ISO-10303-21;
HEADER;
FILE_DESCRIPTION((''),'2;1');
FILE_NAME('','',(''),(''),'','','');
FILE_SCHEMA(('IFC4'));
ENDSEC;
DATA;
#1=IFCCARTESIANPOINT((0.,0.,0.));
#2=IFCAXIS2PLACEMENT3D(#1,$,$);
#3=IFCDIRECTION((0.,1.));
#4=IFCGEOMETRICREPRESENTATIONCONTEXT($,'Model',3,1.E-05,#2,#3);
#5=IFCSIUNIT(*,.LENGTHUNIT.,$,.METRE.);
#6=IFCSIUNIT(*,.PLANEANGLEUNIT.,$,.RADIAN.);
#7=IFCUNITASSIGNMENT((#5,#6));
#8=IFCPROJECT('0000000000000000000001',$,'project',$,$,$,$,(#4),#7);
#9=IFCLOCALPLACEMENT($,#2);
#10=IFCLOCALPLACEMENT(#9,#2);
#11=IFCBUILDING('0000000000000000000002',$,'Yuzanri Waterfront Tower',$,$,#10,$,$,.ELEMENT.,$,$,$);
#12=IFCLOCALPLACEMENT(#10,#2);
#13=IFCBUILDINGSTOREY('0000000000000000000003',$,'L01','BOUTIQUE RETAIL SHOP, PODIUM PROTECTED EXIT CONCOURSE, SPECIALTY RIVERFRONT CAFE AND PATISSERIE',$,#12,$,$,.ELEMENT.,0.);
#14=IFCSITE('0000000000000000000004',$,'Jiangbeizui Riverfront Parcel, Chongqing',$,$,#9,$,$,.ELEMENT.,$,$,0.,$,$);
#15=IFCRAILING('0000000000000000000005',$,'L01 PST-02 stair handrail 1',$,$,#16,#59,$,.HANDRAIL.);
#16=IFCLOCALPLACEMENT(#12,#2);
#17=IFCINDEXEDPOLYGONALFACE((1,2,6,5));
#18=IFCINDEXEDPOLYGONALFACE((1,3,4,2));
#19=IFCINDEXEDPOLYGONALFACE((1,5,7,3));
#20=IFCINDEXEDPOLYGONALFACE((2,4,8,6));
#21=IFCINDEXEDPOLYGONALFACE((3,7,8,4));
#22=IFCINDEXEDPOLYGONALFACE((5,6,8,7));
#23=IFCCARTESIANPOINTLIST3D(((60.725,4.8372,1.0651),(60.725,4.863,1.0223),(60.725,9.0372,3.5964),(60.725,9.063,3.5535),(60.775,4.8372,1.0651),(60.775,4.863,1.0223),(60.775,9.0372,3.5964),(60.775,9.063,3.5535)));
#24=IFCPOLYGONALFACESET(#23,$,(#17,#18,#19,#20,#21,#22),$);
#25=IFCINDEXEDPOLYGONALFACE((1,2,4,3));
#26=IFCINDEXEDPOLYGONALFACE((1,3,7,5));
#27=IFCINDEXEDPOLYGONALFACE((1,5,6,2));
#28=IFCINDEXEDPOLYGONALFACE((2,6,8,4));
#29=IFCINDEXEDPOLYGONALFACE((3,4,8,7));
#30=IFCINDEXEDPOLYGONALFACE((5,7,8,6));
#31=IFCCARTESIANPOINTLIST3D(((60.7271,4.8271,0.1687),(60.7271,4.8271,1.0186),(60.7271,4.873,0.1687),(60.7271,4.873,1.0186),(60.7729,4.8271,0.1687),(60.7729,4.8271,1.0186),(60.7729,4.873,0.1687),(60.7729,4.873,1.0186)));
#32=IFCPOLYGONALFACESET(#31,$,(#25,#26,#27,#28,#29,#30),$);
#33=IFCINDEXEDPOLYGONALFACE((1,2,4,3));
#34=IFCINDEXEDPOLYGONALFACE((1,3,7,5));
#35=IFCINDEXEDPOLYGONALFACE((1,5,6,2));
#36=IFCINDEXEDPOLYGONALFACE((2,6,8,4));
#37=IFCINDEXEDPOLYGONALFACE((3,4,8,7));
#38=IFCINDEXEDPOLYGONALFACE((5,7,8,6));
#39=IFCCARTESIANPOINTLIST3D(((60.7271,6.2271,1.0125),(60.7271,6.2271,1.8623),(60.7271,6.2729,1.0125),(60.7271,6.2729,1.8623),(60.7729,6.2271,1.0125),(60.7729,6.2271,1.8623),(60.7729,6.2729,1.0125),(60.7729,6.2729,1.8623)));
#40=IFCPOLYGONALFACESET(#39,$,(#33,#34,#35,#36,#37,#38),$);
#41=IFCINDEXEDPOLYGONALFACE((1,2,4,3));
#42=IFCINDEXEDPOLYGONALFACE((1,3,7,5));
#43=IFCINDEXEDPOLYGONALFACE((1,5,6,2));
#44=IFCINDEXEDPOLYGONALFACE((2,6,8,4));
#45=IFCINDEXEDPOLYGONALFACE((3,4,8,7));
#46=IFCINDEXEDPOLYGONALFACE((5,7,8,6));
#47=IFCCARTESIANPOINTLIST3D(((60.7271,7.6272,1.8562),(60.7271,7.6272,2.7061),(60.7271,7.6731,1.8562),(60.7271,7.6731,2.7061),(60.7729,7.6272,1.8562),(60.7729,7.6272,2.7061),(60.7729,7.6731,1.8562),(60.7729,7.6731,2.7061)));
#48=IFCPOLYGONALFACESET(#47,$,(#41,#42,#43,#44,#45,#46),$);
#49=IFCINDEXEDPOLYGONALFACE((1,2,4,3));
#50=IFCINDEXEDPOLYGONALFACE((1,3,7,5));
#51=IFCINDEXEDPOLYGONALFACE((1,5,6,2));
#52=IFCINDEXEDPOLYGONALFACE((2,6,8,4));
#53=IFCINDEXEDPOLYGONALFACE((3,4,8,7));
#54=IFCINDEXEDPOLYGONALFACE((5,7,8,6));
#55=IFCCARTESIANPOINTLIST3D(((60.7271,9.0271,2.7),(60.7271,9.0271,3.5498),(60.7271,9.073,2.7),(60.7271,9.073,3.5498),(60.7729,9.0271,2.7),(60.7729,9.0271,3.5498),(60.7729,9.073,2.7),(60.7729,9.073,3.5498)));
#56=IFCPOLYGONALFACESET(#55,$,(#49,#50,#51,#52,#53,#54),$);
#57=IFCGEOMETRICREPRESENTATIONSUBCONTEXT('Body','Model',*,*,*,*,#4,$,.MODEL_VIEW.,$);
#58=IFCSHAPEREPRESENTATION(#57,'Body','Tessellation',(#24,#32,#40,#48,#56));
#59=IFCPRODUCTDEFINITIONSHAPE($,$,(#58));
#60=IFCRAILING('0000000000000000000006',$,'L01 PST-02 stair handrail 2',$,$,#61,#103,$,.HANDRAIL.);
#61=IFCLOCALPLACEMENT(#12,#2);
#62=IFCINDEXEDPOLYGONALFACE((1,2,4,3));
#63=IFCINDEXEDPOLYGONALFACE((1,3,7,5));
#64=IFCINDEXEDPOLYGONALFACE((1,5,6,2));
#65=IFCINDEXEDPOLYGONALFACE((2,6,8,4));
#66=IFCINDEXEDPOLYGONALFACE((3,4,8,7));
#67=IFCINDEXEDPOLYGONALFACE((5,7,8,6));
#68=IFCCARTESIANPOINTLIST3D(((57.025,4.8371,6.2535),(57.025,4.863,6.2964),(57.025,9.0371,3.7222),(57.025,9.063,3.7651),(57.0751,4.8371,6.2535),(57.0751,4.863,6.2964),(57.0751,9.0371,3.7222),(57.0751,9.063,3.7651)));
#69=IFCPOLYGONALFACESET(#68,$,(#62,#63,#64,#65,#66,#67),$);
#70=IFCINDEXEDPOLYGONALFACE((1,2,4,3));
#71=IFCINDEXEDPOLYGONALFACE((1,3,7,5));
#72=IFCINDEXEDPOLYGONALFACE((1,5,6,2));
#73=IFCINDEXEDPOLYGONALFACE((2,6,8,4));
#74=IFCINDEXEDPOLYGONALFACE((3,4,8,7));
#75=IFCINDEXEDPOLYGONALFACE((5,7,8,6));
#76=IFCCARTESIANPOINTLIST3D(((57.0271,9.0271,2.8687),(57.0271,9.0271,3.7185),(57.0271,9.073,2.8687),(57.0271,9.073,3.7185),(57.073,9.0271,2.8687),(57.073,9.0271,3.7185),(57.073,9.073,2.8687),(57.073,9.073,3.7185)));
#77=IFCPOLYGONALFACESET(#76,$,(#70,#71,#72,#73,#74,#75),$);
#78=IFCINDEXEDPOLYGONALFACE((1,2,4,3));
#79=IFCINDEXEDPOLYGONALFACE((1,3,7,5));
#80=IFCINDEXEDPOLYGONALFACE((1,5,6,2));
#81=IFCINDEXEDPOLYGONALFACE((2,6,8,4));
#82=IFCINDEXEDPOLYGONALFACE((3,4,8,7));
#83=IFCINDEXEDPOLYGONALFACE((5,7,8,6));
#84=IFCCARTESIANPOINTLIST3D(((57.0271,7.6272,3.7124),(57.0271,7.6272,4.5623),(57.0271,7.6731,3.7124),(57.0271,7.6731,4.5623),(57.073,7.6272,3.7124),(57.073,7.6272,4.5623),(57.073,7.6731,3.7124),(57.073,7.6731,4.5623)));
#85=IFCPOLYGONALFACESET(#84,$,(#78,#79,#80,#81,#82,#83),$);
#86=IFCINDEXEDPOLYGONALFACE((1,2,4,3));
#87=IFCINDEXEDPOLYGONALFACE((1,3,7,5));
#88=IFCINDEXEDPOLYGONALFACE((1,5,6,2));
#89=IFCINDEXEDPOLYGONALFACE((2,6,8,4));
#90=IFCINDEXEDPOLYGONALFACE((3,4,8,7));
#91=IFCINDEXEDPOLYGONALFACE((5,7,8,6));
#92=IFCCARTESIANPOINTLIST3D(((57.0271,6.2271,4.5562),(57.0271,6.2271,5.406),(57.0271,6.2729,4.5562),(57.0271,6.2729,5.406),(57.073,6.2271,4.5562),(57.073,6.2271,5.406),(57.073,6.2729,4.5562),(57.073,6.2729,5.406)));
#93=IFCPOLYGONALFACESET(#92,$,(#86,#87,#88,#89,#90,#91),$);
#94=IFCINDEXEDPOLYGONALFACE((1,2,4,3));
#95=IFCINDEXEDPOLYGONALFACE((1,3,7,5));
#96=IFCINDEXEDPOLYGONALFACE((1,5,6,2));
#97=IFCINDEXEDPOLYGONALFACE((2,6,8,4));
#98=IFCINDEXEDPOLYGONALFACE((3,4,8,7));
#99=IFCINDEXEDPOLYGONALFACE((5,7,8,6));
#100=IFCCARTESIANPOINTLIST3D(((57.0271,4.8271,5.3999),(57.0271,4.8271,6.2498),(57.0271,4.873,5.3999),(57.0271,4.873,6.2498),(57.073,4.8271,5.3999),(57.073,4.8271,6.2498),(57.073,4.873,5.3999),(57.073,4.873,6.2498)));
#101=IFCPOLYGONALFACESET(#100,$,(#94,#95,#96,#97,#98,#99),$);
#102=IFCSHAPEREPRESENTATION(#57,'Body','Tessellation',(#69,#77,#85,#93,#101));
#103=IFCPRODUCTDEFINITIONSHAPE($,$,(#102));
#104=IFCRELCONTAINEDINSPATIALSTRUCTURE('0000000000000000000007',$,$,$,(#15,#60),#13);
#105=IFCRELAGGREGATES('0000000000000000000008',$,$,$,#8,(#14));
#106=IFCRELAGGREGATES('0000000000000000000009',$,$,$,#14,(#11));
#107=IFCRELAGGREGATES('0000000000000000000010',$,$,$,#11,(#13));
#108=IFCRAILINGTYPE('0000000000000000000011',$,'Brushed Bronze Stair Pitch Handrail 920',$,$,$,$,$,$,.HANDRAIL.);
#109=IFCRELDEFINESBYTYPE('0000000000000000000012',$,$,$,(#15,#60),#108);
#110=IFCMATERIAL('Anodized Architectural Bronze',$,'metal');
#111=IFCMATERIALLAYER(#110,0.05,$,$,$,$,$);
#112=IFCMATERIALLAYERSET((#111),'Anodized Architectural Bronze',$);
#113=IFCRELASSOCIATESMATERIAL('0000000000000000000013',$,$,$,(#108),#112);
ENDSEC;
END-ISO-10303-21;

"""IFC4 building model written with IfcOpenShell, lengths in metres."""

from ifc_helpers import new_model, si_unit, direction, frame, origin, origin_2d, place, context, subcontext, project, spatial, rectangle, extrude, source, transform, mapped, material, layer, layer_set, type_object, element, save


model = new_model("IFC4")

# Units and contexts
model_context = context("Model", 3, precision=1e-05, world=origin(), true_north=direction((0.0, 1.0)))
body_context = subcontext(model_context, "Body", "Model", "MODEL_VIEW")
ifc_project = project(units=[si_unit("LENGTHUNIT", "METRE"), si_unit("PLANEANGLEUNIT", "RADIAN")], contexts=[model_context])

# Site, building, storey
site_placement = place(None, origin())
site = spatial("IfcSite", under=ifc_project, at=site_placement, Name="Jiangbeizui Riverfront Parcel, Chongqing", CompositionType="ELEMENT", RefElevation=0.0)
building_placement = place(site_placement, origin())
building = spatial("IfcBuilding", under=site, at=building_placement, Name="Yuzanri Waterfront Tower", CompositionType="ELEMENT")
storey_placement = place(building_placement, origin())
storey = spatial("IfcBuildingStorey", under=building, at=storey_placement, Name="L01", Description="BOUTIQUE RETAIL SHOP, PODIUM PROTECTED EXIT CONCOURSE, SPECIALTY RIVERFRONT CAFE AND PATISSERIE", CompositionType="ELEMENT", Elevation=0.0)

# Railings
ifc_material_1 = material(Name="Anodized Architectural Bronze", Category="metal")
ifc_layer_1 = layer(ifc_material_1, 0.05)
ifc_layer_set_1 = layer_set([ifc_layer_1], Name="Anodized Architectural Bronze")
railing_type_1 = type_object("IfcRailingType", Name="Brushed Bronze Stair Pitch Handrail 920", PredefinedType="HANDRAIL", material=ifc_layer_set_1)
shared_shape_1 = source(origin(), body_context, "Body", "SweptSolid", [
    extrude(rectangle(XDim=0.05, YDim=0.05, at=origin_2d()), frame((0.0, 0.0, 0.875), z_axis=(0.0, 0.856476, 0.516186), x_axis=(-1.0, 0.0, 0.0)), (0.0, 0.0, 1.0), 4.9038),
    extrude(rectangle(XDim=0.0459, YDim=0.0459, at=origin_2d()), origin(), (0.0, 0.0, 1.0), 0.8499),
    extrude(rectangle(XDim=0.0459, YDim=0.0459, at=origin_2d()), frame((0.0, 1.3999, 0.8438)), (0.0, 0.0, 1.0), 0.8499),
    extrude(rectangle(XDim=0.0459, YDim=0.0459, at=origin_2d()), frame((0.0, 2.8, 1.6875)), (0.0, 0.0, 1.0), 0.8499),
    extrude(rectangle(XDim=0.0459, YDim=0.0459, at=origin_2d()), frame((0.0, 4.2, 2.5312)), (0.0, 0.0, 1.0), 0.8499),
])
railing_1_placement = place(storey_placement, frame((60.75, 4.8501, 0.1687)))
element("IfcRailing", 1, at=railing_1_placement, inside=storey, type_object=railing_type_1, Name="L01 PST-02 stair handrail 1", PredefinedType="HANDRAIL", context=body_context, shape_type="MappedRepresentation", body=[
    mapped(shared_shape_1, transform((0.0, 0.0, 0.0), scale=1.0)),
])
shared_shape_2 = source(origin(), body_context, "Body", "SweptSolid", [
    extrude(rectangle(XDim=0.05, YDim=0.05, at=origin_2d()), frame((0.0, 0.0, 0.875), z_axis=(0.0, -0.856476, 0.516186), x_axis=(1.0, 0.0, 0.0)), (0.0, 0.0, 1.0), 4.9038),
    extrude(rectangle(XDim=0.0459, YDim=0.0459, at=origin_2d()), origin(), (0.0, 0.0, 1.0), 0.8499),
    extrude(rectangle(XDim=0.0459, YDim=0.0459, at=origin_2d()), frame((0.0, -1.3999, 0.8438)), (0.0, 0.0, 1.0), 0.8499),
    extrude(rectangle(XDim=0.0459, YDim=0.0459, at=origin_2d()), frame((0.0, -2.8, 1.6875)), (0.0, 0.0, 1.0), 0.8499),
    extrude(rectangle(XDim=0.0459, YDim=0.0459, at=origin_2d()), frame((0.0, -4.2, 2.5312)), (0.0, 0.0, 1.0), 0.8499),
])
railing_2_placement = place(storey_placement, frame((57.05, 9.05, 2.8687)))
element("IfcRailing", 2, at=railing_2_placement, inside=storey, type_object=railing_type_1, Name="L01 PST-02 stair handrail 2", PredefinedType="HANDRAIL", context=body_context, shape_type="MappedRepresentation", body=[
    mapped(shared_shape_2, transform((0.0, 0.0, 0.0), scale=1.0)),
])

save(model, "model.ifc")
